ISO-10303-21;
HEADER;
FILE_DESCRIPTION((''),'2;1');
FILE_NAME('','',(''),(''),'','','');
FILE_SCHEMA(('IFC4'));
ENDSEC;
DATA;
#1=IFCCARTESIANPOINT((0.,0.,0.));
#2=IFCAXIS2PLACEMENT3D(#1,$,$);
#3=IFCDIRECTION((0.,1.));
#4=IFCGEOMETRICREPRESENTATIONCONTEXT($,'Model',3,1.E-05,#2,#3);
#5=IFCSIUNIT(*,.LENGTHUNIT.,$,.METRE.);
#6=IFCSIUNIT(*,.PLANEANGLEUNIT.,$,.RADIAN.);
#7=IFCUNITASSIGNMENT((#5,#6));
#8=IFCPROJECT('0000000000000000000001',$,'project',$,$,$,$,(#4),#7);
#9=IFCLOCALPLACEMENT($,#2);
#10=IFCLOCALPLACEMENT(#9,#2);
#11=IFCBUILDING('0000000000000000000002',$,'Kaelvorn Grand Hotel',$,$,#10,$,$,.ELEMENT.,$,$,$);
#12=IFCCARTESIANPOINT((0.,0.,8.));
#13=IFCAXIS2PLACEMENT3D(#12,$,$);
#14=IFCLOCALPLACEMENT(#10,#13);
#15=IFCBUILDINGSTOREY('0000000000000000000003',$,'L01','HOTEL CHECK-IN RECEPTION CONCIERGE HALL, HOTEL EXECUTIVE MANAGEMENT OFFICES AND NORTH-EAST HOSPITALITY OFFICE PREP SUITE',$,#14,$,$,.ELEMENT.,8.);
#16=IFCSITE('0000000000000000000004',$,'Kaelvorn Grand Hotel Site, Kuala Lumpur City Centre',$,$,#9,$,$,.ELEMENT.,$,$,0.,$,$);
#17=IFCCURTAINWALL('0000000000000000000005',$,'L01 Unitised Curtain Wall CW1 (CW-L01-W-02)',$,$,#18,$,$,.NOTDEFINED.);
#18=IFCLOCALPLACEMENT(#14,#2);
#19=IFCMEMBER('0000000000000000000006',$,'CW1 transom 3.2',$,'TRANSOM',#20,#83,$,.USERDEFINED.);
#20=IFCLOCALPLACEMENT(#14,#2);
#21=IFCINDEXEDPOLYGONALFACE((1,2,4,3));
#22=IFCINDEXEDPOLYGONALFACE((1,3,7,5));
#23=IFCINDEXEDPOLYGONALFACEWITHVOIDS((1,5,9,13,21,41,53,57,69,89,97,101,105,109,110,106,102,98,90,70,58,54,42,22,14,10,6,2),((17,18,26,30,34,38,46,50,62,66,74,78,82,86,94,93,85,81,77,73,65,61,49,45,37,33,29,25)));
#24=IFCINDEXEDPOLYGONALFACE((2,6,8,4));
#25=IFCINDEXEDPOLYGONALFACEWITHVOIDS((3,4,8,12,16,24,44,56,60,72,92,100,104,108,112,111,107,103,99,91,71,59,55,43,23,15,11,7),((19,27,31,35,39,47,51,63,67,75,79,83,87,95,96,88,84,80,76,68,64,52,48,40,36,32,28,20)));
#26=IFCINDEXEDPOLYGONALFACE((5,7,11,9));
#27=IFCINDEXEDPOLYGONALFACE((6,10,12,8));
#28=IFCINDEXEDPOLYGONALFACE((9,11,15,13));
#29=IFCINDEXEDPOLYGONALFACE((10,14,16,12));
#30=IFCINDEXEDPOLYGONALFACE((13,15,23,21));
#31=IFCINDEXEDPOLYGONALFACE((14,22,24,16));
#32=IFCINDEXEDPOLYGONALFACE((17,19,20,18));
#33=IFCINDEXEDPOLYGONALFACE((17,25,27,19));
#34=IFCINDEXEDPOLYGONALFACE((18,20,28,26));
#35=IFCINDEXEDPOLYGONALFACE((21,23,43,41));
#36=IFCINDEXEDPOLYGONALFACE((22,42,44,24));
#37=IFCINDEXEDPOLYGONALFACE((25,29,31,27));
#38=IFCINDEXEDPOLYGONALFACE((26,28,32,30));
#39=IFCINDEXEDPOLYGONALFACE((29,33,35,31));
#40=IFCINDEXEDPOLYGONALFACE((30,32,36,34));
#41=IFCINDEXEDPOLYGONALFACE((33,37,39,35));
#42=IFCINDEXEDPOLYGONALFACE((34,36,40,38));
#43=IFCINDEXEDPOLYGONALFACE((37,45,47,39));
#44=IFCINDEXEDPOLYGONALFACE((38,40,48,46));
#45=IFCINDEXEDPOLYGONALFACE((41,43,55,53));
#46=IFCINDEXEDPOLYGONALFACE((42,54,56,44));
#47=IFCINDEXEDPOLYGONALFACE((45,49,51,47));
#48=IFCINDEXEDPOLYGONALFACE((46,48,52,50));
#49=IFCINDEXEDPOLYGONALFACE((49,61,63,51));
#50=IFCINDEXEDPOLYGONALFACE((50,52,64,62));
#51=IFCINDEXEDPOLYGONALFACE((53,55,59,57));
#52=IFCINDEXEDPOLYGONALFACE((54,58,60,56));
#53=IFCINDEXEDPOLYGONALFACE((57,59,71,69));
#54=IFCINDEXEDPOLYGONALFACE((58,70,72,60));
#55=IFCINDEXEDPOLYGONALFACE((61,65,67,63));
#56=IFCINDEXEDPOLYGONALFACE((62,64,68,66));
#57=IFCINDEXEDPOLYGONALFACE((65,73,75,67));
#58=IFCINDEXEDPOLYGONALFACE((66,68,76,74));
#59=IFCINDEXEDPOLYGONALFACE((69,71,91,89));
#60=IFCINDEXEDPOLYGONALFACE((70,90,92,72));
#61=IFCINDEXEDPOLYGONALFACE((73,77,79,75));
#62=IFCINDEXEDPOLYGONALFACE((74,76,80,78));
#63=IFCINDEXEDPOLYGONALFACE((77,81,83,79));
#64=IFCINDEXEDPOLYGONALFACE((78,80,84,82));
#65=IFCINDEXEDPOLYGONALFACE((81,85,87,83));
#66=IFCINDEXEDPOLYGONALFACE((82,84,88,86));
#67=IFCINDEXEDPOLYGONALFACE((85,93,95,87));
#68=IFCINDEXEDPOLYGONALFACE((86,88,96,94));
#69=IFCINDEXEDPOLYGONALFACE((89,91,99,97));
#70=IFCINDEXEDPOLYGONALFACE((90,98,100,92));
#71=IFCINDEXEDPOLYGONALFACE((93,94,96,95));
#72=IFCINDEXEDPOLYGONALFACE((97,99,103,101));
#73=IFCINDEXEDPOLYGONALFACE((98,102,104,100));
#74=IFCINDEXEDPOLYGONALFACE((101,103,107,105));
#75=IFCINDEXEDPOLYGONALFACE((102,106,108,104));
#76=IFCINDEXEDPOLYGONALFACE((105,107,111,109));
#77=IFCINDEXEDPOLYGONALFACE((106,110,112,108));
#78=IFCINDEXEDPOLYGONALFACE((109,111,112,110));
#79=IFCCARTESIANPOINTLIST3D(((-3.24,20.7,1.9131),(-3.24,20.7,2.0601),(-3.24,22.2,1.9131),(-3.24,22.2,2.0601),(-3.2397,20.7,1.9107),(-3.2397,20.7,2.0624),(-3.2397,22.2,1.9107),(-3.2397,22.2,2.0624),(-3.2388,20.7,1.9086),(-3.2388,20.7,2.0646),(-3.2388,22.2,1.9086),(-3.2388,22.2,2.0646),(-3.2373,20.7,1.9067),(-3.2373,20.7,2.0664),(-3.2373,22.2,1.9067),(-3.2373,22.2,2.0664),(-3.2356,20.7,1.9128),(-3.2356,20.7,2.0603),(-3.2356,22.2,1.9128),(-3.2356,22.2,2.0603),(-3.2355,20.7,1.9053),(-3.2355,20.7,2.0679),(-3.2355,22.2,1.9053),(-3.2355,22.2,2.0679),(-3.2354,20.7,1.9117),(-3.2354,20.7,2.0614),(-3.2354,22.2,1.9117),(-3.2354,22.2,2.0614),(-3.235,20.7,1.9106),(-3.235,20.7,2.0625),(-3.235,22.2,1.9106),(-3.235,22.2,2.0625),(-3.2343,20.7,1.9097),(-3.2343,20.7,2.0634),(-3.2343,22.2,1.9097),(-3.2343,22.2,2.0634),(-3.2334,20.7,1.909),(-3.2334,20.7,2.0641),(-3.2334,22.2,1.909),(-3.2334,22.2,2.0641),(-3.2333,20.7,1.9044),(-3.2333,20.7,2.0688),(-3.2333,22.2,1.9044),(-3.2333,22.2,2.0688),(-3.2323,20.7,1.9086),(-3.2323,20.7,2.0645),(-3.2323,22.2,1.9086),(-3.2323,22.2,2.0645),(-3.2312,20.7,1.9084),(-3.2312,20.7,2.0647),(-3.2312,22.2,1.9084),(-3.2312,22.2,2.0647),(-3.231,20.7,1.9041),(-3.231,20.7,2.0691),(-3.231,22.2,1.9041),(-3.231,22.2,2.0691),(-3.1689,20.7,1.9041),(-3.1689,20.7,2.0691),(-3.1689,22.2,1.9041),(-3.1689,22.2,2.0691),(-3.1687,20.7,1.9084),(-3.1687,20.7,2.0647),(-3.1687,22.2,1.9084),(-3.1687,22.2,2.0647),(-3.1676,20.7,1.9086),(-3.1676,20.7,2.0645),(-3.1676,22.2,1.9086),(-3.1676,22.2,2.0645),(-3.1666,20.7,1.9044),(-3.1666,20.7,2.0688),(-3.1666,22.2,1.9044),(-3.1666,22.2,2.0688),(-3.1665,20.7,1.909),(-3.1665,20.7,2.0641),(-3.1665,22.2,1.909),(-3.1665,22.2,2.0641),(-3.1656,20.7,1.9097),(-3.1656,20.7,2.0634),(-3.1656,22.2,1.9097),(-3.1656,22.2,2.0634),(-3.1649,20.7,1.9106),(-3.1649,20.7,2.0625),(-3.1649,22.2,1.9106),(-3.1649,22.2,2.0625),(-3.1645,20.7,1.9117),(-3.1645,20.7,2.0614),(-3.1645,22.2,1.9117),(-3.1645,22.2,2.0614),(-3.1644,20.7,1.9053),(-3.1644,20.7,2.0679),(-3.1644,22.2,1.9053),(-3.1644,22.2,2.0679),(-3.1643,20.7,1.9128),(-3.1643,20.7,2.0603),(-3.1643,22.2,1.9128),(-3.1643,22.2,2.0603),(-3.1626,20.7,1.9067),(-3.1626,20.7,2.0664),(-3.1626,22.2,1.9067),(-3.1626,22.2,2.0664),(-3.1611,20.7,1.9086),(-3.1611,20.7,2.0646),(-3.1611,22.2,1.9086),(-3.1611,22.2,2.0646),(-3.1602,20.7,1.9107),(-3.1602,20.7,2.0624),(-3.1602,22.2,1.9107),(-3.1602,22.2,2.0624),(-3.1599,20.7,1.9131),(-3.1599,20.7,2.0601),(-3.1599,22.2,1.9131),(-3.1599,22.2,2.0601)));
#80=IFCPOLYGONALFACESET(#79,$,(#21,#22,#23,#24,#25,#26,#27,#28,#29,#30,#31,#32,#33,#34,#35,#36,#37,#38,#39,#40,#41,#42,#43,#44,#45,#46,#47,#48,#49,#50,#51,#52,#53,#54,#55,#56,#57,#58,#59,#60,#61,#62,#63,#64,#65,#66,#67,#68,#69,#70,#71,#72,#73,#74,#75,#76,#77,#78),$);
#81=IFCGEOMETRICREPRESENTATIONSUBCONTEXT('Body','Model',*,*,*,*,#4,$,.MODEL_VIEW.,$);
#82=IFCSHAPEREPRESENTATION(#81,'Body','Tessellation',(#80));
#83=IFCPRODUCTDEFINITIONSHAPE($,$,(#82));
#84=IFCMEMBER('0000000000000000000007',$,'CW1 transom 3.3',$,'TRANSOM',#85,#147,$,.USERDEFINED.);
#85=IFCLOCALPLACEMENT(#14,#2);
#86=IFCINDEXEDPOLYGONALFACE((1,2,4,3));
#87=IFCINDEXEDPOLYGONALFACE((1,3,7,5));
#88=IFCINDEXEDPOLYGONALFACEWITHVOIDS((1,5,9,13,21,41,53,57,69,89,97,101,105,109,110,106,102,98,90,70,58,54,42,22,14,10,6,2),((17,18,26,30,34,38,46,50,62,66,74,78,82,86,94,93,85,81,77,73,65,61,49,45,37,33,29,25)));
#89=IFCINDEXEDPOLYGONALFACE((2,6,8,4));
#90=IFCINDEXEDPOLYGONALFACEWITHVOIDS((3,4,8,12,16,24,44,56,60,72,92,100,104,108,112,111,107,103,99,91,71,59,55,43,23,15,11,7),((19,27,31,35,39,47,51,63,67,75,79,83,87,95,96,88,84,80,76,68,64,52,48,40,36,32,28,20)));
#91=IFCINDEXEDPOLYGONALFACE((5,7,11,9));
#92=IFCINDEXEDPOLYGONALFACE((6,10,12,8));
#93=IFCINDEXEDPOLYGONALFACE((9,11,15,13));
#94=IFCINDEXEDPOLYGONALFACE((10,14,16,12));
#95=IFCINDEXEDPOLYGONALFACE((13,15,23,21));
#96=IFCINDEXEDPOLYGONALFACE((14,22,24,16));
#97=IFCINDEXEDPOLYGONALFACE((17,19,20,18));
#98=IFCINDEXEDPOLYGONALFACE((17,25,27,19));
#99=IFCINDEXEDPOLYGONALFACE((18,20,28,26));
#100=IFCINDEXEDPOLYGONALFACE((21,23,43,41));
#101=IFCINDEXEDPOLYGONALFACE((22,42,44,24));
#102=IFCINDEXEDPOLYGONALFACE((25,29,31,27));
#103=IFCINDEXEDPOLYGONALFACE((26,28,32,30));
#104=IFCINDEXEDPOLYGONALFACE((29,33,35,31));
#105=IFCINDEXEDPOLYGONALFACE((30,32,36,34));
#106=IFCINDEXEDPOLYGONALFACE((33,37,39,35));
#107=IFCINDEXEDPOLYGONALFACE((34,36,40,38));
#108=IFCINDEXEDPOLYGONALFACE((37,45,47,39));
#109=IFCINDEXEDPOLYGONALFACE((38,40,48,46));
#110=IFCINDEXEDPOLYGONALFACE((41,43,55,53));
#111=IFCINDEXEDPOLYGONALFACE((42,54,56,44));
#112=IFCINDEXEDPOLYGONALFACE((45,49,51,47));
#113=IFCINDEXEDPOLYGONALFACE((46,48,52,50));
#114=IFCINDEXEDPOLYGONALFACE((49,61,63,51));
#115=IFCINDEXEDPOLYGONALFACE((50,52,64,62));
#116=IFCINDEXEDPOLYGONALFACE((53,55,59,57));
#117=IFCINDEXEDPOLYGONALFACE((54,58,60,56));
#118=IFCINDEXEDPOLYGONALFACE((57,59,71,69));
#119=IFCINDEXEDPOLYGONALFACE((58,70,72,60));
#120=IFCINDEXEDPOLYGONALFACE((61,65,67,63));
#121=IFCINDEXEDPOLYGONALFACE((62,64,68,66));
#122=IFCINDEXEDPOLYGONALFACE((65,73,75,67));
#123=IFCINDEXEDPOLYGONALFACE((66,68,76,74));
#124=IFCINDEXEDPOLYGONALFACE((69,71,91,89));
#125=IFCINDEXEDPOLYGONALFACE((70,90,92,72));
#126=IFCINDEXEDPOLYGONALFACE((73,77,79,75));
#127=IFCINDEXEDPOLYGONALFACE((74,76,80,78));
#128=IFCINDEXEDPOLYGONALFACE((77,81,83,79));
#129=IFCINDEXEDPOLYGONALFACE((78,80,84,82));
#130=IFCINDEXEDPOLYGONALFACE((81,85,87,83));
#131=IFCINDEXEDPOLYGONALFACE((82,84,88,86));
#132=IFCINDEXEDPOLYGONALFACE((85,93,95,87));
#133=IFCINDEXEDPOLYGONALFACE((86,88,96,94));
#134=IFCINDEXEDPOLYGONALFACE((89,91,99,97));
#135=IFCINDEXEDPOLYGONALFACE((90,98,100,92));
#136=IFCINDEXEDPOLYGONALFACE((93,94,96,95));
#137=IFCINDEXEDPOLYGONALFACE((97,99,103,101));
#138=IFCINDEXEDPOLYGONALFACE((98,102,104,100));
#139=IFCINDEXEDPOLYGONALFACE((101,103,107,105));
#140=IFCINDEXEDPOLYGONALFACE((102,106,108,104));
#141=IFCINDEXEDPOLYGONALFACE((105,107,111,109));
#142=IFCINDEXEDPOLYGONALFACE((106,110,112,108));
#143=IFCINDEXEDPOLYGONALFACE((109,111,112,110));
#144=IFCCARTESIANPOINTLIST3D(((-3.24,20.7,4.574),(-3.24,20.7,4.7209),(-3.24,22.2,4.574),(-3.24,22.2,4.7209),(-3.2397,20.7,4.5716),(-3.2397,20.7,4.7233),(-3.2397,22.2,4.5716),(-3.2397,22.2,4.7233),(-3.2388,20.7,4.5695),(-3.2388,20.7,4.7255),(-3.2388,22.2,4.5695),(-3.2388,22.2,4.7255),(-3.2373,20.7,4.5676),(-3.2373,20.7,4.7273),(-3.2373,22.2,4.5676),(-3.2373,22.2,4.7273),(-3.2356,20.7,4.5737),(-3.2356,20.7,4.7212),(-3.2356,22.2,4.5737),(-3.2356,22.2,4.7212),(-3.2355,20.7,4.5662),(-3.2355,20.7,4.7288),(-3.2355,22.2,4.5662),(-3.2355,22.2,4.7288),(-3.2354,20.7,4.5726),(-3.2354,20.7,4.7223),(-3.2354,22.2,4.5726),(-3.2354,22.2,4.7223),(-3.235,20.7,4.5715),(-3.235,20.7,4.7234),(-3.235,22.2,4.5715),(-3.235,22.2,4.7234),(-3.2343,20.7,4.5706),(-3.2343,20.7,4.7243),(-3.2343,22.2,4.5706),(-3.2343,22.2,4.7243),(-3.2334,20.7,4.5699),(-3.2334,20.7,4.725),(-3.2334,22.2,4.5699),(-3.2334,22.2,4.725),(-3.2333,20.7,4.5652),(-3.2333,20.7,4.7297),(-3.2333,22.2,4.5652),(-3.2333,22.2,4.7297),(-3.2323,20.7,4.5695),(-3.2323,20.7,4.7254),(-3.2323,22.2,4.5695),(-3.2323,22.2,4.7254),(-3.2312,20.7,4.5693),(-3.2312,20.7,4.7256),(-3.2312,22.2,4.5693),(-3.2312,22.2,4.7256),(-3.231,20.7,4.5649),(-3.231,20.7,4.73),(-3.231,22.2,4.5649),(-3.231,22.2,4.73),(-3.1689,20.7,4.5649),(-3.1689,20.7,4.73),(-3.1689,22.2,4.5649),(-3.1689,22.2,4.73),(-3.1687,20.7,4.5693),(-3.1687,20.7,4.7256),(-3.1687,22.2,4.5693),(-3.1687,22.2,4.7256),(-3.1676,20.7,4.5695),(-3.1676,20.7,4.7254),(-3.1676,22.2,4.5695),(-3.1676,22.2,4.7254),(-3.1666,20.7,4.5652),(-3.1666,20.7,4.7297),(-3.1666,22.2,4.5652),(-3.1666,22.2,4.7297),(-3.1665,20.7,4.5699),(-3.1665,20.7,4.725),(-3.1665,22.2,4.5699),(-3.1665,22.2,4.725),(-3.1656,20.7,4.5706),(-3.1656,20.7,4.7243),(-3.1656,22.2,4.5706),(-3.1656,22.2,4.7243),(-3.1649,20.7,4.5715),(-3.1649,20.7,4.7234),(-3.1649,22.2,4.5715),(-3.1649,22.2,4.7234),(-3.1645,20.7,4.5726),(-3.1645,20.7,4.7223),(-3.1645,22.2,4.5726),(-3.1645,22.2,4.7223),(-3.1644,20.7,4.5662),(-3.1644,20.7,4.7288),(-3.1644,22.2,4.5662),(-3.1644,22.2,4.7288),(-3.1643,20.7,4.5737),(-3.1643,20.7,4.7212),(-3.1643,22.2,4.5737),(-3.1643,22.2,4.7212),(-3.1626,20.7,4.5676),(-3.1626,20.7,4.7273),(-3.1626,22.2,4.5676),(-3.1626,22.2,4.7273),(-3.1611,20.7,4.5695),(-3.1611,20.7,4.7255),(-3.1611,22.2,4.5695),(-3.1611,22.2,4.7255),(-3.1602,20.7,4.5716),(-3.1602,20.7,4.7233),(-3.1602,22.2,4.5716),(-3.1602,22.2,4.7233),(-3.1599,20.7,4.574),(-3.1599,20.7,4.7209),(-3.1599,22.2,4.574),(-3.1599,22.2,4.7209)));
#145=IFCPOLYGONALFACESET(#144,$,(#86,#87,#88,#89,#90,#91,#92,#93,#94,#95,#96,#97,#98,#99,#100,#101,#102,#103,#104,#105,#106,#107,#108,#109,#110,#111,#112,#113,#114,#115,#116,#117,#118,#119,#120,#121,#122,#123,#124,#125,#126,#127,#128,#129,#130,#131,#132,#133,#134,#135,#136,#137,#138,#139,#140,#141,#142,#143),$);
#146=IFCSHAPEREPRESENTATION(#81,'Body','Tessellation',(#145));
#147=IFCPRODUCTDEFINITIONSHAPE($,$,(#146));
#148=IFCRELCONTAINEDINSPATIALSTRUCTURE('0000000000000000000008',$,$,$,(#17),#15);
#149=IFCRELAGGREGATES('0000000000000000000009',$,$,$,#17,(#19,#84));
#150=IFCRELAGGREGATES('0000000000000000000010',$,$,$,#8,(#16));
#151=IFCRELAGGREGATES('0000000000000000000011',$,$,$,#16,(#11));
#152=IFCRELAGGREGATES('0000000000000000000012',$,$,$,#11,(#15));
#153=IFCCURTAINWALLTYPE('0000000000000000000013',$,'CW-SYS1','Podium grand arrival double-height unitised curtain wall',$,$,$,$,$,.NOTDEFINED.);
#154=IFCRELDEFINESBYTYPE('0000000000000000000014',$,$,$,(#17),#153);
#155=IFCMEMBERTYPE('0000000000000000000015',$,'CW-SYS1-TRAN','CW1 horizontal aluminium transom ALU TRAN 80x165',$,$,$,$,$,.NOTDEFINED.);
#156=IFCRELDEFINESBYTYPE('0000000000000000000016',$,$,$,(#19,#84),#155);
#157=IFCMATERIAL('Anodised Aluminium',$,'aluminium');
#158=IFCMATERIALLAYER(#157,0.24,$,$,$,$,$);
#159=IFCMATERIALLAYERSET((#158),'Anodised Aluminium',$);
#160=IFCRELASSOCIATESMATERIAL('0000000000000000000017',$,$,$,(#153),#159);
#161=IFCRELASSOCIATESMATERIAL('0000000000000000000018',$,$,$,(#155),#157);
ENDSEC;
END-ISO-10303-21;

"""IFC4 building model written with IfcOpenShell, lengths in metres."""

from ifc_helpers import new_model, si_unit, direction, frame, origin, origin_2d, place, context, subcontext, project, spatial, hollow_rectangle, extrude, material, layer, layer_set, material_profile, profile_set, type_object, element, aggregate, save


model = new_model("IFC4")

# Units and contexts
model_context = context("Model", 3, precision=1e-05, world=origin(), true_north=direction((0.0, 1.0)))
body_context = subcontext(model_context, "Body", "Model", "MODEL_VIEW")
ifc_project = project(units=[si_unit("LENGTHUNIT", "METRE"), si_unit("PLANEANGLEUNIT", "RADIAN")], contexts=[model_context])

# Site, building, storey
site_placement = place(None, origin())
site = spatial("IfcSite", under=ifc_project, at=site_placement, Name="Kaelvorn Grand Hotel Site, Kuala Lumpur City Centre", CompositionType="ELEMENT", RefElevation=0.0)
building_placement = place(site_placement, origin())
building = spatial("IfcBuilding", under=site, at=building_placement, Name="Kaelvorn Grand Hotel", CompositionType="ELEMENT")
storey_placement = place(building_placement, frame((0.0, 0.0, 8.0)))
storey = spatial("IfcBuildingStorey", under=building, at=storey_placement, Name="L01", Description="HOTEL CHECK-IN RECEPTION CONCIERGE HALL, HOTEL EXECUTIVE MANAGEMENT OFFICES AND NORTH-EAST HOSPITALITY OFFICE PREP SUITE", CompositionType="ELEMENT", Elevation=8.0)

# Curtain wall
ifc_material_1 = material(Name="Anodised Aluminium", Category="aluminium")
ifc_layer_1 = layer(ifc_material_1, 0.24)
ifc_layer_set_1 = layer_set([ifc_layer_1], Name="Anodised Aluminium")
curtain_wall_type = type_object("IfcCurtainWallType", Name="CW-SYS1", Description="Podium grand arrival double-height unitised curtain wall", PredefinedType="NOTDEFINED", material=ifc_layer_set_1)
curtain_wall_1_placement = place(storey_placement, origin())
curtain_wall_1 = element("IfcCurtainWall", 1, at=curtain_wall_1_placement, inside=storey, type_object=curtain_wall_type, Name="L01 Unitised Curtain Wall CW1 (CW-L01-W-02)", PredefinedType="NOTDEFINED")

# Members
ifc_material_profile_1 = material_profile(ifc_material_1, hollow_rectangle(XDim=0.0801, YDim=0.165, WallThickness=0.0044, InnerFilletRadius=0.0044, OuterFilletRadius=0.009, at=origin_2d()), Name="ALU TRAN 80x165")
ifc_profile_set_1 = profile_set([ifc_material_profile_1], Name="Anodised Aluminium")
member_type_1 = type_object("IfcMemberType", Name="CW-SYS1-TRAN", Description="CW1 horizontal aluminium transom ALU TRAN 80x165", PredefinedType="NOTDEFINED", material=ifc_profile_set_1)
member_1_placement = place(storey_placement, frame((-3.2, 22.2, 1.9866), z_axis=(0.0, -1.0, 0.0), x_axis=(1.0, 0.0, 0.0)))
member_1 = element("IfcMember", 2, at=member_1_placement, type_object=member_type_1, Name="CW1 transom 3.2", ObjectType="TRANSOM", PredefinedType="USERDEFINED", context=body_context, shape_type="SweptSolid", body=[
    extrude(hollow_rectangle(XDim=0.0801, YDim=0.165, WallThickness=0.0044, InnerFilletRadius=0.0044, OuterFilletRadius=0.009, at=origin_2d()), origin(), (0.0, 0.0, 1.0), 1.5),
])
member_2_placement = place(storey_placement, frame((-3.2, 22.2, 4.6475), z_axis=(0.0, -1.0, 0.0), x_axis=(1.0, 0.0, 0.0)))
member_2 = element("IfcMember", 3, at=member_2_placement, type_object=member_type_1, Name="CW1 transom 3.3", ObjectType="TRANSOM", PredefinedType="USERDEFINED", context=body_context, shape_type="SweptSolid", body=[
    extrude(hollow_rectangle(XDim=0.0801, YDim=0.165, WallThickness=0.0044, InnerFilletRadius=0.0044, OuterFilletRadius=0.009, at=origin_2d()), origin(), (0.0, 0.0, 1.0), 1.5),
])

aggregate(curtain_wall_1, [member_1, member_2])

save(model, "model.ifc")
